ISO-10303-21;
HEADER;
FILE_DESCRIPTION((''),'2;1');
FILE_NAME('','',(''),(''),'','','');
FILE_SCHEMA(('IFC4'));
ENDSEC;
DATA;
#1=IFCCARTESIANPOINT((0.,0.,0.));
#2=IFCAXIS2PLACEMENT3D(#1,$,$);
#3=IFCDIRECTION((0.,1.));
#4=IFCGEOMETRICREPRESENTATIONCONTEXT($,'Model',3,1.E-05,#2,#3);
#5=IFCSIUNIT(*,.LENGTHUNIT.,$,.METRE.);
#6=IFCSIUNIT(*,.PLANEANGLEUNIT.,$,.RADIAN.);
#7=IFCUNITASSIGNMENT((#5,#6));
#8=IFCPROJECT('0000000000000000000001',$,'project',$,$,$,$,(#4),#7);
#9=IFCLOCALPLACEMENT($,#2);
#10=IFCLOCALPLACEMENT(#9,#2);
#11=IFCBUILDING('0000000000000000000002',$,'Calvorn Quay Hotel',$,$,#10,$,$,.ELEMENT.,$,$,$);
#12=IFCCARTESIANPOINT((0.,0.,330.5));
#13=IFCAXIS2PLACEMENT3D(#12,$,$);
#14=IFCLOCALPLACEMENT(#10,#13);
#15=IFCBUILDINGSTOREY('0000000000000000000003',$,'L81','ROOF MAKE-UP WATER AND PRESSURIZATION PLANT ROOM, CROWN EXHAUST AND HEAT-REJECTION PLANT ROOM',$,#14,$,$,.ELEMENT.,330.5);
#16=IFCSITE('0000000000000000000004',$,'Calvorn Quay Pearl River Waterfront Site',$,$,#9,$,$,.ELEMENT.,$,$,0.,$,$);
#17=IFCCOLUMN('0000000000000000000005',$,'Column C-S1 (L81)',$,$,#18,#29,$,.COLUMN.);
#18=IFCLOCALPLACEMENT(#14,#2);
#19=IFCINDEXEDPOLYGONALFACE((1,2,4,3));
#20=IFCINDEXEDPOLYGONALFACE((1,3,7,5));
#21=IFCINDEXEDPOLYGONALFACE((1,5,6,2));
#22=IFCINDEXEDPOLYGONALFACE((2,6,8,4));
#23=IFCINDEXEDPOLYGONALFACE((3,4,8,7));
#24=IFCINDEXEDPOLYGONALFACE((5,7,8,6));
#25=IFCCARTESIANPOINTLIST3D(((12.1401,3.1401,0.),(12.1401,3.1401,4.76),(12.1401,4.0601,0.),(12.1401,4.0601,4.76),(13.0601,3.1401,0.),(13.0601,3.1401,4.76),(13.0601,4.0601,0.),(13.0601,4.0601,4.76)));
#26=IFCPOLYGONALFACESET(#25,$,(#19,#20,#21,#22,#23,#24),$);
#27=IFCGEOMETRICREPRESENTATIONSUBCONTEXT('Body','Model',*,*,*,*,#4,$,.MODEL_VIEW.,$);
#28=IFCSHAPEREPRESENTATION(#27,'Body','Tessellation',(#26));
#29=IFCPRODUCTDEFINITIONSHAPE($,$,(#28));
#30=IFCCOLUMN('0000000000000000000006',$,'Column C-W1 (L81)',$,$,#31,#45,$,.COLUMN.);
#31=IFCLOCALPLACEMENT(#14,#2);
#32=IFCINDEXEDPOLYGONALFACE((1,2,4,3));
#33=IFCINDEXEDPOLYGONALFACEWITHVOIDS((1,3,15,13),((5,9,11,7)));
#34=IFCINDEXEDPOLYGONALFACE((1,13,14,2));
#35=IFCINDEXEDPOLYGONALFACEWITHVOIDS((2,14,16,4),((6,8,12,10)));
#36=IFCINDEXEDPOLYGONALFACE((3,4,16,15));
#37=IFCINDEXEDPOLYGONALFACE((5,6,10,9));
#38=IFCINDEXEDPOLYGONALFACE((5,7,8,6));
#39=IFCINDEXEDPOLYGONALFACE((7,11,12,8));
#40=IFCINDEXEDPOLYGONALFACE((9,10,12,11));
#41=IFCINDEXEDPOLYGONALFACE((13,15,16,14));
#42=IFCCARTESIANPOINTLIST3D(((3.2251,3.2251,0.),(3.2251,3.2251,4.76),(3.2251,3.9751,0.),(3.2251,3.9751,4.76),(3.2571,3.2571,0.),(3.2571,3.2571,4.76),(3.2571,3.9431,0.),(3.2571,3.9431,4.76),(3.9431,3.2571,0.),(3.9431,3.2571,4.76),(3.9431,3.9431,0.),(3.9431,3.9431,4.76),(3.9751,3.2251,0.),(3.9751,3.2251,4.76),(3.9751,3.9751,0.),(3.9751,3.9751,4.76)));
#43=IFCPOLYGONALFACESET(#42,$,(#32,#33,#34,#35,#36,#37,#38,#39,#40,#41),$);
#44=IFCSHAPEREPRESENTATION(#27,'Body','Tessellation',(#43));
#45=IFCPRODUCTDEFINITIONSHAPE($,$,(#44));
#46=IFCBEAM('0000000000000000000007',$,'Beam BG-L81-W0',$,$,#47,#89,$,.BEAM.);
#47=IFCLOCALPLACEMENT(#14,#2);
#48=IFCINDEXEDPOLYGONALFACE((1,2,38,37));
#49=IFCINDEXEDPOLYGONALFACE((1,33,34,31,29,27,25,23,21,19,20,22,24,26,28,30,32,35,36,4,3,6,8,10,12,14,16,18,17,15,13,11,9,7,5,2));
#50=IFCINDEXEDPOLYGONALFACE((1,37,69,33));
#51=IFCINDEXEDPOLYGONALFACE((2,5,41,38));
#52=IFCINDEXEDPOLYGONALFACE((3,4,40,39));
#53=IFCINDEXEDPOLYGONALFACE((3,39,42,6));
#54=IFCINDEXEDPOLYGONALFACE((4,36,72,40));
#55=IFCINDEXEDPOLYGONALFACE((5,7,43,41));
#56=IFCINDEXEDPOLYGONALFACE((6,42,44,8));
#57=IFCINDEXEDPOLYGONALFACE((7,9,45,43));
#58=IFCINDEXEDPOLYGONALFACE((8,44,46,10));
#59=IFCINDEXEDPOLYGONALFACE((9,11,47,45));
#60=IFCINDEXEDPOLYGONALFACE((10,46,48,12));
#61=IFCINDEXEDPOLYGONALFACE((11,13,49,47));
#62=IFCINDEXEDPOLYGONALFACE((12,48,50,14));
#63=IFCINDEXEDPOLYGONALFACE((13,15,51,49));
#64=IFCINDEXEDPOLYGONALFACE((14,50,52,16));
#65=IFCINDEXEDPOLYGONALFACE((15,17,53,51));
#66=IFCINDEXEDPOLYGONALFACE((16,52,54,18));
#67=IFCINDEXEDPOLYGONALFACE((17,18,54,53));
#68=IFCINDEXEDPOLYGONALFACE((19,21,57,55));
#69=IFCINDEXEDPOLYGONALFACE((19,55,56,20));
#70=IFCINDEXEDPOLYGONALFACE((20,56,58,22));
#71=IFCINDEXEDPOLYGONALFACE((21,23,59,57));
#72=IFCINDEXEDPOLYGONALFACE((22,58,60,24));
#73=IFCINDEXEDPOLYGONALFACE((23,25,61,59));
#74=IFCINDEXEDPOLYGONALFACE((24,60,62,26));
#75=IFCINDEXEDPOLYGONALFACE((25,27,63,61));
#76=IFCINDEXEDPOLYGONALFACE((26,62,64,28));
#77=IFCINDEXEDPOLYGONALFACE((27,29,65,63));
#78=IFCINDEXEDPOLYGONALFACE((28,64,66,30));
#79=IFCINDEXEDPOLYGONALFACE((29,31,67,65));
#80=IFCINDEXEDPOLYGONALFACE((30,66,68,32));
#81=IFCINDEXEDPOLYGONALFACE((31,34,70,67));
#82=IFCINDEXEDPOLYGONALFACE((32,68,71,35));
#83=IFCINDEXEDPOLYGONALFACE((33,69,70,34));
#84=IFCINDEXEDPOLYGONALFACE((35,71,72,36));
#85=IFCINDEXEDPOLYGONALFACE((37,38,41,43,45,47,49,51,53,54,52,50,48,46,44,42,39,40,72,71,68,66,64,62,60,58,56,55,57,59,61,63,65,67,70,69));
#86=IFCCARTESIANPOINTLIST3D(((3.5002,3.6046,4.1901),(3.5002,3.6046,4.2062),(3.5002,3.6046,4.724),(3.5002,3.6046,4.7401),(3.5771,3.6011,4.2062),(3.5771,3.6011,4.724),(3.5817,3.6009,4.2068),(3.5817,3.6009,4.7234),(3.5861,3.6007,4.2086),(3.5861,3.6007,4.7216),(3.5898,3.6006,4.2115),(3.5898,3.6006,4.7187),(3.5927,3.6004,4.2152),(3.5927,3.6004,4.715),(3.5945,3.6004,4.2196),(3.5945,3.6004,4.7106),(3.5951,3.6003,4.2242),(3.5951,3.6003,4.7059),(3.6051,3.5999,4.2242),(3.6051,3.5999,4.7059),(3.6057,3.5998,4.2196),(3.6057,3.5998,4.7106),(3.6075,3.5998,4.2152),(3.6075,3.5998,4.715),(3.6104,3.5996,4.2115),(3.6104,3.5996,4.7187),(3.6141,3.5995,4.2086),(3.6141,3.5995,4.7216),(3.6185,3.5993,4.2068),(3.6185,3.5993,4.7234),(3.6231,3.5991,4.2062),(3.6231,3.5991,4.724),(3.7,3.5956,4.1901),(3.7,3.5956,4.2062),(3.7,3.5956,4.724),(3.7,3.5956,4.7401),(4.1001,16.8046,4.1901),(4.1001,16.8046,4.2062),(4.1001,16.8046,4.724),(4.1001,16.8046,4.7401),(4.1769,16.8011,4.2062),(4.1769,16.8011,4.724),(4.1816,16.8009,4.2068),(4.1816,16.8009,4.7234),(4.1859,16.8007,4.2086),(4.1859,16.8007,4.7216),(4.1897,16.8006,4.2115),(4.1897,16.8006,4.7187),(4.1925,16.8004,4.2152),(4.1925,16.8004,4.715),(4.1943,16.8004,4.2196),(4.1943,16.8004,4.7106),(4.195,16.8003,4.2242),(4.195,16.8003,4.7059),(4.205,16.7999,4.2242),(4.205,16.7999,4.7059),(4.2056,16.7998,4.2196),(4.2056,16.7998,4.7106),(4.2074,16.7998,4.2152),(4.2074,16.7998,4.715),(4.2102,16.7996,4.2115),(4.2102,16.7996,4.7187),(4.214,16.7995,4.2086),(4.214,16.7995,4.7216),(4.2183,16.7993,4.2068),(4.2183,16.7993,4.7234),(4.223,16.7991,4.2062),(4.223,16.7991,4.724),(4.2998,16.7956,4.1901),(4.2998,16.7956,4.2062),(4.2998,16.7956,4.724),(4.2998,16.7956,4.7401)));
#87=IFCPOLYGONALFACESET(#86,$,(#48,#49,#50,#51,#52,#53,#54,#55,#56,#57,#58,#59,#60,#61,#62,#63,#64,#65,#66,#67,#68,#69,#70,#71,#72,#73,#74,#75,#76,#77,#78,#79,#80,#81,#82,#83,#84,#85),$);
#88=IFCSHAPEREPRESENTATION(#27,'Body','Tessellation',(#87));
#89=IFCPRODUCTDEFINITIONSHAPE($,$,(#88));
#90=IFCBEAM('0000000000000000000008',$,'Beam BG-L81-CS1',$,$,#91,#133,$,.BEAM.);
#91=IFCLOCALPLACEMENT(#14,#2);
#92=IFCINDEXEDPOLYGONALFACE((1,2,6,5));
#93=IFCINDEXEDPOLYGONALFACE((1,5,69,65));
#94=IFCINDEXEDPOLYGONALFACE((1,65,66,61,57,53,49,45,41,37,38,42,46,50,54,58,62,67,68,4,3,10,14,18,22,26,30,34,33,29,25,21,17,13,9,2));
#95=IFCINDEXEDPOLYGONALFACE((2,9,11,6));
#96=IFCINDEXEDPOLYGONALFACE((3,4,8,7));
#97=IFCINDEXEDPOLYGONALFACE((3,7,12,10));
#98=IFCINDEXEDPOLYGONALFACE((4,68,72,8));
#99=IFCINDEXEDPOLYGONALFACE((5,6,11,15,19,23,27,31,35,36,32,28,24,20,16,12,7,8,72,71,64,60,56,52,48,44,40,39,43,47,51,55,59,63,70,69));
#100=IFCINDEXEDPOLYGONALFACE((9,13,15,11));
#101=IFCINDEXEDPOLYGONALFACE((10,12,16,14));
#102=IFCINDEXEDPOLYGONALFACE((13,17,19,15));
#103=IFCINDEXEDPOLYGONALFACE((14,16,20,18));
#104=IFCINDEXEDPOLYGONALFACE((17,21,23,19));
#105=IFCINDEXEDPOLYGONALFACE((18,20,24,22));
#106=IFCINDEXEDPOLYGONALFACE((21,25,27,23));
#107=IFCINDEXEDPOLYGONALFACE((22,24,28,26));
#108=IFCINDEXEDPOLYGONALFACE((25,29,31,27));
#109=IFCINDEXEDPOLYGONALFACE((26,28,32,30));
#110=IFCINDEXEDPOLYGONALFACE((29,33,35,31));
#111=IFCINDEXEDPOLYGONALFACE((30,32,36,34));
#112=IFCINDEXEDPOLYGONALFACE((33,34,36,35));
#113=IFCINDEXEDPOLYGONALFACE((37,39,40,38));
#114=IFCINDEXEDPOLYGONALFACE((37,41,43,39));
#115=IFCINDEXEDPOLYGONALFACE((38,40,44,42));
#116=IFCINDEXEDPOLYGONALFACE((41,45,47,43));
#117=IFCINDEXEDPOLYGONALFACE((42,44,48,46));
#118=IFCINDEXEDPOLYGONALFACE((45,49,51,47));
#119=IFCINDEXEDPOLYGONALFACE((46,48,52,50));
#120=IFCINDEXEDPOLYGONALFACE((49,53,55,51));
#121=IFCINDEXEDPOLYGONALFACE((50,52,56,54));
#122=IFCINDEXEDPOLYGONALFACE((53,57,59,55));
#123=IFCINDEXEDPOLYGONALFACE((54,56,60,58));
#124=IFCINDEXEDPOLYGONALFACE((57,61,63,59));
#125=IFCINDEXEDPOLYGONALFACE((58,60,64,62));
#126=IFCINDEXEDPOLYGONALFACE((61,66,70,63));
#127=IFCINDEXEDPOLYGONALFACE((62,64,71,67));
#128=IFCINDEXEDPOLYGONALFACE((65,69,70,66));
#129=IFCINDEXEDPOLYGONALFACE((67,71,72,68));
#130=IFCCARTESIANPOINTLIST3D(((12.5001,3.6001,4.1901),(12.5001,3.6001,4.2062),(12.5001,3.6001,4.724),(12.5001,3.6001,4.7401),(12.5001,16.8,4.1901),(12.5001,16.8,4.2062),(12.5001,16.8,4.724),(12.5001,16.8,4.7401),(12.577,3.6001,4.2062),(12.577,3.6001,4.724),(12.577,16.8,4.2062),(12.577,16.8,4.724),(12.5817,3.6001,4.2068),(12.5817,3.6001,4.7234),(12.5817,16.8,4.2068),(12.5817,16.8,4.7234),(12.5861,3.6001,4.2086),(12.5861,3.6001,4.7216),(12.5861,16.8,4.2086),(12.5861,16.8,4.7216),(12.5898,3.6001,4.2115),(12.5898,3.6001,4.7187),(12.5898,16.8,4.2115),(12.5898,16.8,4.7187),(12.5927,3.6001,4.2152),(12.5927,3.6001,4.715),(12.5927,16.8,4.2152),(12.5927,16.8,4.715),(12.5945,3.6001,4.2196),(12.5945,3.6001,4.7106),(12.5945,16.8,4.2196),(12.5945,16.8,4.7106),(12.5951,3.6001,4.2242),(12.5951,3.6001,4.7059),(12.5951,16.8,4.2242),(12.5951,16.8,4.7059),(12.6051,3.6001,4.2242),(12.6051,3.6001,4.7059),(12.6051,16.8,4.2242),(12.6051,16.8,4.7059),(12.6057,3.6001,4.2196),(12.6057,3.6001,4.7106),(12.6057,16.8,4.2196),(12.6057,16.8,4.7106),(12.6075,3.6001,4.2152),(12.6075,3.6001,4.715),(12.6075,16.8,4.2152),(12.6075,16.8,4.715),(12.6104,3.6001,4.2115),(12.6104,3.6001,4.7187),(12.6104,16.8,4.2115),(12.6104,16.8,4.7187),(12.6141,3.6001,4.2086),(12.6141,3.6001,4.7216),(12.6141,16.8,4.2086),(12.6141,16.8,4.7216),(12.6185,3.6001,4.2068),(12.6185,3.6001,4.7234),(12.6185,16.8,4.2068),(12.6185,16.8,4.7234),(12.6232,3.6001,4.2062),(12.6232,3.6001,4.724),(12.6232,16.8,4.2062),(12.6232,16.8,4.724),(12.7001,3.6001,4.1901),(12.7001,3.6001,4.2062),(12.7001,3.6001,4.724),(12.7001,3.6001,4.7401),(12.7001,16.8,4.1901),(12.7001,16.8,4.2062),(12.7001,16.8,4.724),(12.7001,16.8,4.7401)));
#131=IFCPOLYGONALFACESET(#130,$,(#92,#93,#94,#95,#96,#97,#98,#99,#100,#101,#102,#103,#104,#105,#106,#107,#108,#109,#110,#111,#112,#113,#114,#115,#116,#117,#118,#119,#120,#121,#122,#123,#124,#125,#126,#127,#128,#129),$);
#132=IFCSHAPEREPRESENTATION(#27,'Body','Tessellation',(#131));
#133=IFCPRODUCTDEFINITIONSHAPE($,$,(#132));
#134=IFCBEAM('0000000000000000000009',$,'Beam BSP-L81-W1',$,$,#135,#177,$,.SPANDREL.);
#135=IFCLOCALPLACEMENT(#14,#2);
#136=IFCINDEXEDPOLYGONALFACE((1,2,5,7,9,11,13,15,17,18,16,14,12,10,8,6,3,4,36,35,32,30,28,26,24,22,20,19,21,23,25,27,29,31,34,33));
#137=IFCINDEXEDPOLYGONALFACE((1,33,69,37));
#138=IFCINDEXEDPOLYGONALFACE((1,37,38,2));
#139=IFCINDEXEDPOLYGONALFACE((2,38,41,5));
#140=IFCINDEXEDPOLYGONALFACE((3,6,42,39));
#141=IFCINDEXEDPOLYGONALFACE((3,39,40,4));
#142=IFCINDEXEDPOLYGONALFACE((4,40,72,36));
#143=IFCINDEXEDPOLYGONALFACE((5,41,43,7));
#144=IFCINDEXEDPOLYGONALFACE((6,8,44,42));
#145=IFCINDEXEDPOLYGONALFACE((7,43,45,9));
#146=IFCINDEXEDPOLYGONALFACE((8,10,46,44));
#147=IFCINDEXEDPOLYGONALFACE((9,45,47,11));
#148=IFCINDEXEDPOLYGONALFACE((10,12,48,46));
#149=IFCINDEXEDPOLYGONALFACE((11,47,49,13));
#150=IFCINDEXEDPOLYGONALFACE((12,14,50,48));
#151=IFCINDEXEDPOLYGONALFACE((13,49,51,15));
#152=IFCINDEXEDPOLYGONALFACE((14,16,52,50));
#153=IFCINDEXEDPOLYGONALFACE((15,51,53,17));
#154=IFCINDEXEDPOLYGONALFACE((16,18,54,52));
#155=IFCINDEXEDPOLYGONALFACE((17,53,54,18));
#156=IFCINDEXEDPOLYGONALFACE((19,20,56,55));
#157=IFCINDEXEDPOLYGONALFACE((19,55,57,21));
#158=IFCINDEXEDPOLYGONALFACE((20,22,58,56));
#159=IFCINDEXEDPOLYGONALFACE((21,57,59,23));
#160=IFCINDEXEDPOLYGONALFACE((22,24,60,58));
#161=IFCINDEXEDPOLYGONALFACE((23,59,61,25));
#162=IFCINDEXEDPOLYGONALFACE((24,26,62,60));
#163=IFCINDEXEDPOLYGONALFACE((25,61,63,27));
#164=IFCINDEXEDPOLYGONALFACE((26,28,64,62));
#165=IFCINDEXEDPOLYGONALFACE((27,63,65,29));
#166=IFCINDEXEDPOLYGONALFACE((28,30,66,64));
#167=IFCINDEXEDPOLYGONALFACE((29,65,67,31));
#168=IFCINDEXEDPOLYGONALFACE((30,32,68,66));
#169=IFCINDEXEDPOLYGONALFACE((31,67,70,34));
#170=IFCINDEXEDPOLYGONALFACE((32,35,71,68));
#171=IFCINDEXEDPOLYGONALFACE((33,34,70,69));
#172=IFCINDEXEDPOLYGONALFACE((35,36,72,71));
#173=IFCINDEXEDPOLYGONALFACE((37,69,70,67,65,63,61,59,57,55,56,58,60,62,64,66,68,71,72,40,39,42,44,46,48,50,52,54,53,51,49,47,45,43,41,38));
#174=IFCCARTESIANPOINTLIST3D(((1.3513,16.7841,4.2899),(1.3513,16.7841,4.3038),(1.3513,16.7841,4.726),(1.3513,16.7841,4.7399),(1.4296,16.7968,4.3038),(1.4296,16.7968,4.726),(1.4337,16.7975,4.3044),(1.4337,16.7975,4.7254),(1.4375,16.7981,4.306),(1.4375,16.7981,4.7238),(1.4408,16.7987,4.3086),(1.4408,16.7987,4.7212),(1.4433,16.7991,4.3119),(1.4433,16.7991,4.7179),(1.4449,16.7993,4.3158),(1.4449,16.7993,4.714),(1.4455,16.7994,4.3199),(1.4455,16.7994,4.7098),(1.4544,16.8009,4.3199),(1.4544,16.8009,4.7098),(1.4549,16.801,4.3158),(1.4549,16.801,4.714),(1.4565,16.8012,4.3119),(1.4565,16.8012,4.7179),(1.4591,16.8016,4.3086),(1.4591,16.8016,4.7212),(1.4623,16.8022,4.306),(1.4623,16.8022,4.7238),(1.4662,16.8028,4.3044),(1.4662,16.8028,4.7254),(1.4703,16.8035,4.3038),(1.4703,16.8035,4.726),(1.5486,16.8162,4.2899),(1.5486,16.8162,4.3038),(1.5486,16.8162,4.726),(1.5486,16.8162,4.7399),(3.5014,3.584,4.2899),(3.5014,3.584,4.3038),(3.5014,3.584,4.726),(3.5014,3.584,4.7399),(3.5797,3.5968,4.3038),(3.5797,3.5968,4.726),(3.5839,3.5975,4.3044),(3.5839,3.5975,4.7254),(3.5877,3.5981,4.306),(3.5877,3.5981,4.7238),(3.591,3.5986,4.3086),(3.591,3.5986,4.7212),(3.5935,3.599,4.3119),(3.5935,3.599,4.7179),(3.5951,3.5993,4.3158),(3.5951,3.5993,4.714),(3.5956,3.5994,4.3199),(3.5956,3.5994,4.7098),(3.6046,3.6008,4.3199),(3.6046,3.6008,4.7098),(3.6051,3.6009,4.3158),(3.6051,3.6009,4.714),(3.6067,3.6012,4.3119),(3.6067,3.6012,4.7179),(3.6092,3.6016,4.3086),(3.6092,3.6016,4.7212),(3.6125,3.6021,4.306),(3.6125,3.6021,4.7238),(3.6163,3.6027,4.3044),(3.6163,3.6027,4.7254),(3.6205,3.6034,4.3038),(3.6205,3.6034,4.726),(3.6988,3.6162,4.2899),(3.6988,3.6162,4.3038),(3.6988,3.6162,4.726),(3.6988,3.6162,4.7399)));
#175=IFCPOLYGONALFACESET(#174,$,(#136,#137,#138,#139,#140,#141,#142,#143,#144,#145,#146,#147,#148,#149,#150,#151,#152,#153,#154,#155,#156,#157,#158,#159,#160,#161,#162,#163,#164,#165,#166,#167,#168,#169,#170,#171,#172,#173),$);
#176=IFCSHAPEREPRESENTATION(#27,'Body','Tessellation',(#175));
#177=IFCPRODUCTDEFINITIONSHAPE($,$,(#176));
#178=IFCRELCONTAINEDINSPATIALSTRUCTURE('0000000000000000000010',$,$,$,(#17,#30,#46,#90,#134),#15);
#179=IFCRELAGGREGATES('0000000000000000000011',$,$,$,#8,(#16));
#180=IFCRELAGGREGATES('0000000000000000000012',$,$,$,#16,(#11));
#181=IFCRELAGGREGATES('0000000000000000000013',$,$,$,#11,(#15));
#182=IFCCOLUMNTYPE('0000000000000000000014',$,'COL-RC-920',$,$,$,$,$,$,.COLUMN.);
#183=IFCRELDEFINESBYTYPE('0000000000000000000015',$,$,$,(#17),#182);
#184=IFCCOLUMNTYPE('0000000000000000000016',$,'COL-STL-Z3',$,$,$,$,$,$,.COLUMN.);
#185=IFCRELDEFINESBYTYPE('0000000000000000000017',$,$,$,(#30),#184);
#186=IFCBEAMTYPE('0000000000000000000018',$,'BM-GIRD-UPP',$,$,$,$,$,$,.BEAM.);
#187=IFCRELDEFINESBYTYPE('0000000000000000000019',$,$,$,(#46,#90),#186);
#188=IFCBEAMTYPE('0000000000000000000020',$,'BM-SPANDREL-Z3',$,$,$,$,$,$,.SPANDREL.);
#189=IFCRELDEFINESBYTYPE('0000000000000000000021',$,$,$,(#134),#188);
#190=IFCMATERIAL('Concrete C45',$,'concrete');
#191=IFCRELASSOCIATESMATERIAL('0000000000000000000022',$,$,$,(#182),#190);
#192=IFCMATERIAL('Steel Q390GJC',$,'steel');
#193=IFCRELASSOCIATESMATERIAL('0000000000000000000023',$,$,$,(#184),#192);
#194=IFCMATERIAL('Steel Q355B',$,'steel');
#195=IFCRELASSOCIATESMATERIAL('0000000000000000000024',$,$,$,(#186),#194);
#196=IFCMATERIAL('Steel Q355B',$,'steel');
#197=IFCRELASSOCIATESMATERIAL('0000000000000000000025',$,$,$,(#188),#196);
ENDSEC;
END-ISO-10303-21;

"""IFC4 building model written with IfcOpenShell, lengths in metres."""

from ifc_helpers import new_model, si_unit, direction, frame, origin, origin_2d, place, context, subcontext, project, spatial, rectangle, hollow_rectangle, i_section, extrude, material, material_profile, profile_set, type_object, element, save


model = new_model("IFC4")

# Units and contexts
model_context = context("Model", 3, precision=1e-05, world=origin(), true_north=direction((0.0, 1.0)))
body_context = subcontext(model_context, "Body", "Model", "MODEL_VIEW")
ifc_project = project(units=[si_unit("LENGTHUNIT", "METRE"), si_unit("PLANEANGLEUNIT", "RADIAN")], contexts=[model_context])

# Site, building, storey
site_placement = place(None, origin())
site = spatial("IfcSite", under=ifc_project, at=site_placement, Name="Calvorn Quay Pearl River Waterfront Site", CompositionType="ELEMENT", RefElevation=0.0)
building_placement = place(site_placement, origin())
building = spatial("IfcBuilding", under=site, at=building_placement, Name="Calvorn Quay Hotel", CompositionType="ELEMENT")
storey_placement = place(building_placement, frame((0.0, 0.0, 330.5)))
storey = spatial("IfcBuildingStorey", under=building, at=storey_placement, Name="L81", Description="ROOF MAKE-UP WATER AND PRESSURIZATION PLANT ROOM, CROWN EXHAUST AND HEAT-REJECTION PLANT ROOM", CompositionType="ELEMENT", Elevation=330.5)

# Columns
ifc_material_1 = material(Name="Concrete C45", Category="concrete")
ifc_material_profile_1 = material_profile(ifc_material_1, rectangle(XDim=0.9199, YDim=0.9199, at=origin_2d()), Name="RC920x920")
ifc_profile_set_1 = profile_set([ifc_material_profile_1], Name="Concrete C45")
column_type_1 = type_object("IfcColumnType", Name="COL-RC-920", PredefinedType="COLUMN", material=ifc_profile_set_1)
column_1_placement = place(storey_placement, frame((12.6001, 3.6001, 0.0), z_axis=(0.0, 0.0, 1.0), x_axis=(1.0, 0.0, 0.0)))
element("IfcColumn", 1, at=column_1_placement, inside=storey, type_object=column_type_1, Name="Column C-S1 (L81)", PredefinedType="COLUMN", context=body_context, shape_type="SweptSolid", body=[
    extrude(rectangle(XDim=0.9199, YDim=0.9199, at=origin_2d()), origin(), (0.0, 0.0, 1.0), 4.76),
])
ifc_material_2 = material(Name="Steel Q390GJC", Category="steel")
ifc_material_profile_2 = material_profile(ifc_material_2, hollow_rectangle(XDim=0.75, YDim=0.75, WallThickness=0.032, at=origin_2d()), Name="BOX750x750x32")
ifc_profile_set_2 = profile_set([ifc_material_profile_2], Name="Steel Q390GJC")
column_type_2 = type_object("IfcColumnType", Name="COL-STL-Z3", PredefinedType="COLUMN", material=ifc_profile_set_2)
column_2_placement = place(storey_placement, frame((3.6001, 3.6001, 0.0), z_axis=(0.0, 0.0, 1.0), x_axis=(1.0, 0.0, 0.0)))
element("IfcColumn", 2, at=column_2_placement, inside=storey, type_object=column_type_2, Name="Column C-W1 (L81)", PredefinedType="COLUMN", context=body_context, shape_type="SweptSolid", body=[
    extrude(hollow_rectangle(XDim=0.75, YDim=0.75, WallThickness=0.032, at=origin_2d()), origin(), (0.0, 0.0, 1.0), 4.76),
])

# Beams
ifc_material_3 = material(Name="Steel Q355B", Category="steel")
ifc_material_profile_3 = material_profile(ifc_material_3, i_section(OverallWidth=0.2, OverallDepth=0.55, WebThickness=0.01, FlangeThickness=0.0161, FilletRadius=0.0181, at=origin_2d()), Name="HN550x200x10x16")
ifc_profile_set_3 = profile_set([ifc_material_profile_3], Name="Steel Q355B")
beam_type_1 = type_object("IfcBeamType", Name="BM-GIRD-UPP", PredefinedType="BEAM", material=ifc_profile_set_3)
beam_1_placement = place(storey_placement, frame((3.6001, 3.6001, 4.4651), z_axis=(0.045397, 0.998969, 0.0), x_axis=(-0.998969, 0.045397, 0.0)))
element("IfcBeam", 3, at=beam_1_placement, inside=storey, type_object=beam_type_1, Name="Beam BG-L81-W0", PredefinedType="BEAM", context=body_context, shape_type="SweptSolid", body=[
    extrude(i_section(OverallWidth=0.2, OverallDepth=0.55, WebThickness=0.01, FlangeThickness=0.0161, FilletRadius=0.0181, at=origin_2d()), origin(), (0.0, 0.0, 1.0), 13.2136),
])
beam_2_placement = place(storey_placement, frame((12.6001, 3.6001, 4.4651), z_axis=(0.0, 1.0, 0.0), x_axis=(-1.0, 0.0, 0.0)))
element("IfcBeam", 4, at=beam_2_placement, inside=storey, type_object=beam_type_1, Name="Beam BG-L81-CS1", PredefinedType="BEAM", context=body_context, shape_type="SweptSolid", body=[
    extrude(i_section(OverallWidth=0.2, OverallDepth=0.55, WebThickness=0.01, FlangeThickness=0.0161, FilletRadius=0.0181, at=origin_2d()), origin(), (0.0, 0.0, 1.0), 13.2),
])
ifc_material_4 = material(Name="Steel Q355B", Category="steel")
ifc_material_profile_4 = material_profile(ifc_material_4, i_section(OverallWidth=0.2, OverallDepth=0.45, WebThickness=0.009, FlangeThickness=0.0139, FilletRadius=0.0161, at=origin_2d()), Name="HN450x200x9x14")
ifc_profile_set_4 = profile_set([ifc_material_profile_4], Name="Steel Q355B")
beam_type_2 = type_object("IfcBeamType", Name="BM-SPANDREL-Z3", PredefinedType="SPANDREL", material=ifc_profile_set_4)
beam_3_placement = place(storey_placement, frame((3.6001, 3.6001, 4.5149), z_axis=(-0.160772, 0.986992, 0.0), x_axis=(-0.986992, -0.160772, 0.0)))
element("IfcBeam", 5, at=beam_3_placement, inside=storey, type_object=beam_type_2, Name="Beam BSP-L81-W1", PredefinedType="SPANDREL", context=body_context, shape_type="SweptSolid", body=[
    extrude(i_section(OverallWidth=0.2, OverallDepth=0.45, WebThickness=0.009, FlangeThickness=0.0139, FilletRadius=0.0161, at=origin_2d()), origin(), (0.0, 0.0, 1.0), 13.374),
])

save(model, "model.ifc")
